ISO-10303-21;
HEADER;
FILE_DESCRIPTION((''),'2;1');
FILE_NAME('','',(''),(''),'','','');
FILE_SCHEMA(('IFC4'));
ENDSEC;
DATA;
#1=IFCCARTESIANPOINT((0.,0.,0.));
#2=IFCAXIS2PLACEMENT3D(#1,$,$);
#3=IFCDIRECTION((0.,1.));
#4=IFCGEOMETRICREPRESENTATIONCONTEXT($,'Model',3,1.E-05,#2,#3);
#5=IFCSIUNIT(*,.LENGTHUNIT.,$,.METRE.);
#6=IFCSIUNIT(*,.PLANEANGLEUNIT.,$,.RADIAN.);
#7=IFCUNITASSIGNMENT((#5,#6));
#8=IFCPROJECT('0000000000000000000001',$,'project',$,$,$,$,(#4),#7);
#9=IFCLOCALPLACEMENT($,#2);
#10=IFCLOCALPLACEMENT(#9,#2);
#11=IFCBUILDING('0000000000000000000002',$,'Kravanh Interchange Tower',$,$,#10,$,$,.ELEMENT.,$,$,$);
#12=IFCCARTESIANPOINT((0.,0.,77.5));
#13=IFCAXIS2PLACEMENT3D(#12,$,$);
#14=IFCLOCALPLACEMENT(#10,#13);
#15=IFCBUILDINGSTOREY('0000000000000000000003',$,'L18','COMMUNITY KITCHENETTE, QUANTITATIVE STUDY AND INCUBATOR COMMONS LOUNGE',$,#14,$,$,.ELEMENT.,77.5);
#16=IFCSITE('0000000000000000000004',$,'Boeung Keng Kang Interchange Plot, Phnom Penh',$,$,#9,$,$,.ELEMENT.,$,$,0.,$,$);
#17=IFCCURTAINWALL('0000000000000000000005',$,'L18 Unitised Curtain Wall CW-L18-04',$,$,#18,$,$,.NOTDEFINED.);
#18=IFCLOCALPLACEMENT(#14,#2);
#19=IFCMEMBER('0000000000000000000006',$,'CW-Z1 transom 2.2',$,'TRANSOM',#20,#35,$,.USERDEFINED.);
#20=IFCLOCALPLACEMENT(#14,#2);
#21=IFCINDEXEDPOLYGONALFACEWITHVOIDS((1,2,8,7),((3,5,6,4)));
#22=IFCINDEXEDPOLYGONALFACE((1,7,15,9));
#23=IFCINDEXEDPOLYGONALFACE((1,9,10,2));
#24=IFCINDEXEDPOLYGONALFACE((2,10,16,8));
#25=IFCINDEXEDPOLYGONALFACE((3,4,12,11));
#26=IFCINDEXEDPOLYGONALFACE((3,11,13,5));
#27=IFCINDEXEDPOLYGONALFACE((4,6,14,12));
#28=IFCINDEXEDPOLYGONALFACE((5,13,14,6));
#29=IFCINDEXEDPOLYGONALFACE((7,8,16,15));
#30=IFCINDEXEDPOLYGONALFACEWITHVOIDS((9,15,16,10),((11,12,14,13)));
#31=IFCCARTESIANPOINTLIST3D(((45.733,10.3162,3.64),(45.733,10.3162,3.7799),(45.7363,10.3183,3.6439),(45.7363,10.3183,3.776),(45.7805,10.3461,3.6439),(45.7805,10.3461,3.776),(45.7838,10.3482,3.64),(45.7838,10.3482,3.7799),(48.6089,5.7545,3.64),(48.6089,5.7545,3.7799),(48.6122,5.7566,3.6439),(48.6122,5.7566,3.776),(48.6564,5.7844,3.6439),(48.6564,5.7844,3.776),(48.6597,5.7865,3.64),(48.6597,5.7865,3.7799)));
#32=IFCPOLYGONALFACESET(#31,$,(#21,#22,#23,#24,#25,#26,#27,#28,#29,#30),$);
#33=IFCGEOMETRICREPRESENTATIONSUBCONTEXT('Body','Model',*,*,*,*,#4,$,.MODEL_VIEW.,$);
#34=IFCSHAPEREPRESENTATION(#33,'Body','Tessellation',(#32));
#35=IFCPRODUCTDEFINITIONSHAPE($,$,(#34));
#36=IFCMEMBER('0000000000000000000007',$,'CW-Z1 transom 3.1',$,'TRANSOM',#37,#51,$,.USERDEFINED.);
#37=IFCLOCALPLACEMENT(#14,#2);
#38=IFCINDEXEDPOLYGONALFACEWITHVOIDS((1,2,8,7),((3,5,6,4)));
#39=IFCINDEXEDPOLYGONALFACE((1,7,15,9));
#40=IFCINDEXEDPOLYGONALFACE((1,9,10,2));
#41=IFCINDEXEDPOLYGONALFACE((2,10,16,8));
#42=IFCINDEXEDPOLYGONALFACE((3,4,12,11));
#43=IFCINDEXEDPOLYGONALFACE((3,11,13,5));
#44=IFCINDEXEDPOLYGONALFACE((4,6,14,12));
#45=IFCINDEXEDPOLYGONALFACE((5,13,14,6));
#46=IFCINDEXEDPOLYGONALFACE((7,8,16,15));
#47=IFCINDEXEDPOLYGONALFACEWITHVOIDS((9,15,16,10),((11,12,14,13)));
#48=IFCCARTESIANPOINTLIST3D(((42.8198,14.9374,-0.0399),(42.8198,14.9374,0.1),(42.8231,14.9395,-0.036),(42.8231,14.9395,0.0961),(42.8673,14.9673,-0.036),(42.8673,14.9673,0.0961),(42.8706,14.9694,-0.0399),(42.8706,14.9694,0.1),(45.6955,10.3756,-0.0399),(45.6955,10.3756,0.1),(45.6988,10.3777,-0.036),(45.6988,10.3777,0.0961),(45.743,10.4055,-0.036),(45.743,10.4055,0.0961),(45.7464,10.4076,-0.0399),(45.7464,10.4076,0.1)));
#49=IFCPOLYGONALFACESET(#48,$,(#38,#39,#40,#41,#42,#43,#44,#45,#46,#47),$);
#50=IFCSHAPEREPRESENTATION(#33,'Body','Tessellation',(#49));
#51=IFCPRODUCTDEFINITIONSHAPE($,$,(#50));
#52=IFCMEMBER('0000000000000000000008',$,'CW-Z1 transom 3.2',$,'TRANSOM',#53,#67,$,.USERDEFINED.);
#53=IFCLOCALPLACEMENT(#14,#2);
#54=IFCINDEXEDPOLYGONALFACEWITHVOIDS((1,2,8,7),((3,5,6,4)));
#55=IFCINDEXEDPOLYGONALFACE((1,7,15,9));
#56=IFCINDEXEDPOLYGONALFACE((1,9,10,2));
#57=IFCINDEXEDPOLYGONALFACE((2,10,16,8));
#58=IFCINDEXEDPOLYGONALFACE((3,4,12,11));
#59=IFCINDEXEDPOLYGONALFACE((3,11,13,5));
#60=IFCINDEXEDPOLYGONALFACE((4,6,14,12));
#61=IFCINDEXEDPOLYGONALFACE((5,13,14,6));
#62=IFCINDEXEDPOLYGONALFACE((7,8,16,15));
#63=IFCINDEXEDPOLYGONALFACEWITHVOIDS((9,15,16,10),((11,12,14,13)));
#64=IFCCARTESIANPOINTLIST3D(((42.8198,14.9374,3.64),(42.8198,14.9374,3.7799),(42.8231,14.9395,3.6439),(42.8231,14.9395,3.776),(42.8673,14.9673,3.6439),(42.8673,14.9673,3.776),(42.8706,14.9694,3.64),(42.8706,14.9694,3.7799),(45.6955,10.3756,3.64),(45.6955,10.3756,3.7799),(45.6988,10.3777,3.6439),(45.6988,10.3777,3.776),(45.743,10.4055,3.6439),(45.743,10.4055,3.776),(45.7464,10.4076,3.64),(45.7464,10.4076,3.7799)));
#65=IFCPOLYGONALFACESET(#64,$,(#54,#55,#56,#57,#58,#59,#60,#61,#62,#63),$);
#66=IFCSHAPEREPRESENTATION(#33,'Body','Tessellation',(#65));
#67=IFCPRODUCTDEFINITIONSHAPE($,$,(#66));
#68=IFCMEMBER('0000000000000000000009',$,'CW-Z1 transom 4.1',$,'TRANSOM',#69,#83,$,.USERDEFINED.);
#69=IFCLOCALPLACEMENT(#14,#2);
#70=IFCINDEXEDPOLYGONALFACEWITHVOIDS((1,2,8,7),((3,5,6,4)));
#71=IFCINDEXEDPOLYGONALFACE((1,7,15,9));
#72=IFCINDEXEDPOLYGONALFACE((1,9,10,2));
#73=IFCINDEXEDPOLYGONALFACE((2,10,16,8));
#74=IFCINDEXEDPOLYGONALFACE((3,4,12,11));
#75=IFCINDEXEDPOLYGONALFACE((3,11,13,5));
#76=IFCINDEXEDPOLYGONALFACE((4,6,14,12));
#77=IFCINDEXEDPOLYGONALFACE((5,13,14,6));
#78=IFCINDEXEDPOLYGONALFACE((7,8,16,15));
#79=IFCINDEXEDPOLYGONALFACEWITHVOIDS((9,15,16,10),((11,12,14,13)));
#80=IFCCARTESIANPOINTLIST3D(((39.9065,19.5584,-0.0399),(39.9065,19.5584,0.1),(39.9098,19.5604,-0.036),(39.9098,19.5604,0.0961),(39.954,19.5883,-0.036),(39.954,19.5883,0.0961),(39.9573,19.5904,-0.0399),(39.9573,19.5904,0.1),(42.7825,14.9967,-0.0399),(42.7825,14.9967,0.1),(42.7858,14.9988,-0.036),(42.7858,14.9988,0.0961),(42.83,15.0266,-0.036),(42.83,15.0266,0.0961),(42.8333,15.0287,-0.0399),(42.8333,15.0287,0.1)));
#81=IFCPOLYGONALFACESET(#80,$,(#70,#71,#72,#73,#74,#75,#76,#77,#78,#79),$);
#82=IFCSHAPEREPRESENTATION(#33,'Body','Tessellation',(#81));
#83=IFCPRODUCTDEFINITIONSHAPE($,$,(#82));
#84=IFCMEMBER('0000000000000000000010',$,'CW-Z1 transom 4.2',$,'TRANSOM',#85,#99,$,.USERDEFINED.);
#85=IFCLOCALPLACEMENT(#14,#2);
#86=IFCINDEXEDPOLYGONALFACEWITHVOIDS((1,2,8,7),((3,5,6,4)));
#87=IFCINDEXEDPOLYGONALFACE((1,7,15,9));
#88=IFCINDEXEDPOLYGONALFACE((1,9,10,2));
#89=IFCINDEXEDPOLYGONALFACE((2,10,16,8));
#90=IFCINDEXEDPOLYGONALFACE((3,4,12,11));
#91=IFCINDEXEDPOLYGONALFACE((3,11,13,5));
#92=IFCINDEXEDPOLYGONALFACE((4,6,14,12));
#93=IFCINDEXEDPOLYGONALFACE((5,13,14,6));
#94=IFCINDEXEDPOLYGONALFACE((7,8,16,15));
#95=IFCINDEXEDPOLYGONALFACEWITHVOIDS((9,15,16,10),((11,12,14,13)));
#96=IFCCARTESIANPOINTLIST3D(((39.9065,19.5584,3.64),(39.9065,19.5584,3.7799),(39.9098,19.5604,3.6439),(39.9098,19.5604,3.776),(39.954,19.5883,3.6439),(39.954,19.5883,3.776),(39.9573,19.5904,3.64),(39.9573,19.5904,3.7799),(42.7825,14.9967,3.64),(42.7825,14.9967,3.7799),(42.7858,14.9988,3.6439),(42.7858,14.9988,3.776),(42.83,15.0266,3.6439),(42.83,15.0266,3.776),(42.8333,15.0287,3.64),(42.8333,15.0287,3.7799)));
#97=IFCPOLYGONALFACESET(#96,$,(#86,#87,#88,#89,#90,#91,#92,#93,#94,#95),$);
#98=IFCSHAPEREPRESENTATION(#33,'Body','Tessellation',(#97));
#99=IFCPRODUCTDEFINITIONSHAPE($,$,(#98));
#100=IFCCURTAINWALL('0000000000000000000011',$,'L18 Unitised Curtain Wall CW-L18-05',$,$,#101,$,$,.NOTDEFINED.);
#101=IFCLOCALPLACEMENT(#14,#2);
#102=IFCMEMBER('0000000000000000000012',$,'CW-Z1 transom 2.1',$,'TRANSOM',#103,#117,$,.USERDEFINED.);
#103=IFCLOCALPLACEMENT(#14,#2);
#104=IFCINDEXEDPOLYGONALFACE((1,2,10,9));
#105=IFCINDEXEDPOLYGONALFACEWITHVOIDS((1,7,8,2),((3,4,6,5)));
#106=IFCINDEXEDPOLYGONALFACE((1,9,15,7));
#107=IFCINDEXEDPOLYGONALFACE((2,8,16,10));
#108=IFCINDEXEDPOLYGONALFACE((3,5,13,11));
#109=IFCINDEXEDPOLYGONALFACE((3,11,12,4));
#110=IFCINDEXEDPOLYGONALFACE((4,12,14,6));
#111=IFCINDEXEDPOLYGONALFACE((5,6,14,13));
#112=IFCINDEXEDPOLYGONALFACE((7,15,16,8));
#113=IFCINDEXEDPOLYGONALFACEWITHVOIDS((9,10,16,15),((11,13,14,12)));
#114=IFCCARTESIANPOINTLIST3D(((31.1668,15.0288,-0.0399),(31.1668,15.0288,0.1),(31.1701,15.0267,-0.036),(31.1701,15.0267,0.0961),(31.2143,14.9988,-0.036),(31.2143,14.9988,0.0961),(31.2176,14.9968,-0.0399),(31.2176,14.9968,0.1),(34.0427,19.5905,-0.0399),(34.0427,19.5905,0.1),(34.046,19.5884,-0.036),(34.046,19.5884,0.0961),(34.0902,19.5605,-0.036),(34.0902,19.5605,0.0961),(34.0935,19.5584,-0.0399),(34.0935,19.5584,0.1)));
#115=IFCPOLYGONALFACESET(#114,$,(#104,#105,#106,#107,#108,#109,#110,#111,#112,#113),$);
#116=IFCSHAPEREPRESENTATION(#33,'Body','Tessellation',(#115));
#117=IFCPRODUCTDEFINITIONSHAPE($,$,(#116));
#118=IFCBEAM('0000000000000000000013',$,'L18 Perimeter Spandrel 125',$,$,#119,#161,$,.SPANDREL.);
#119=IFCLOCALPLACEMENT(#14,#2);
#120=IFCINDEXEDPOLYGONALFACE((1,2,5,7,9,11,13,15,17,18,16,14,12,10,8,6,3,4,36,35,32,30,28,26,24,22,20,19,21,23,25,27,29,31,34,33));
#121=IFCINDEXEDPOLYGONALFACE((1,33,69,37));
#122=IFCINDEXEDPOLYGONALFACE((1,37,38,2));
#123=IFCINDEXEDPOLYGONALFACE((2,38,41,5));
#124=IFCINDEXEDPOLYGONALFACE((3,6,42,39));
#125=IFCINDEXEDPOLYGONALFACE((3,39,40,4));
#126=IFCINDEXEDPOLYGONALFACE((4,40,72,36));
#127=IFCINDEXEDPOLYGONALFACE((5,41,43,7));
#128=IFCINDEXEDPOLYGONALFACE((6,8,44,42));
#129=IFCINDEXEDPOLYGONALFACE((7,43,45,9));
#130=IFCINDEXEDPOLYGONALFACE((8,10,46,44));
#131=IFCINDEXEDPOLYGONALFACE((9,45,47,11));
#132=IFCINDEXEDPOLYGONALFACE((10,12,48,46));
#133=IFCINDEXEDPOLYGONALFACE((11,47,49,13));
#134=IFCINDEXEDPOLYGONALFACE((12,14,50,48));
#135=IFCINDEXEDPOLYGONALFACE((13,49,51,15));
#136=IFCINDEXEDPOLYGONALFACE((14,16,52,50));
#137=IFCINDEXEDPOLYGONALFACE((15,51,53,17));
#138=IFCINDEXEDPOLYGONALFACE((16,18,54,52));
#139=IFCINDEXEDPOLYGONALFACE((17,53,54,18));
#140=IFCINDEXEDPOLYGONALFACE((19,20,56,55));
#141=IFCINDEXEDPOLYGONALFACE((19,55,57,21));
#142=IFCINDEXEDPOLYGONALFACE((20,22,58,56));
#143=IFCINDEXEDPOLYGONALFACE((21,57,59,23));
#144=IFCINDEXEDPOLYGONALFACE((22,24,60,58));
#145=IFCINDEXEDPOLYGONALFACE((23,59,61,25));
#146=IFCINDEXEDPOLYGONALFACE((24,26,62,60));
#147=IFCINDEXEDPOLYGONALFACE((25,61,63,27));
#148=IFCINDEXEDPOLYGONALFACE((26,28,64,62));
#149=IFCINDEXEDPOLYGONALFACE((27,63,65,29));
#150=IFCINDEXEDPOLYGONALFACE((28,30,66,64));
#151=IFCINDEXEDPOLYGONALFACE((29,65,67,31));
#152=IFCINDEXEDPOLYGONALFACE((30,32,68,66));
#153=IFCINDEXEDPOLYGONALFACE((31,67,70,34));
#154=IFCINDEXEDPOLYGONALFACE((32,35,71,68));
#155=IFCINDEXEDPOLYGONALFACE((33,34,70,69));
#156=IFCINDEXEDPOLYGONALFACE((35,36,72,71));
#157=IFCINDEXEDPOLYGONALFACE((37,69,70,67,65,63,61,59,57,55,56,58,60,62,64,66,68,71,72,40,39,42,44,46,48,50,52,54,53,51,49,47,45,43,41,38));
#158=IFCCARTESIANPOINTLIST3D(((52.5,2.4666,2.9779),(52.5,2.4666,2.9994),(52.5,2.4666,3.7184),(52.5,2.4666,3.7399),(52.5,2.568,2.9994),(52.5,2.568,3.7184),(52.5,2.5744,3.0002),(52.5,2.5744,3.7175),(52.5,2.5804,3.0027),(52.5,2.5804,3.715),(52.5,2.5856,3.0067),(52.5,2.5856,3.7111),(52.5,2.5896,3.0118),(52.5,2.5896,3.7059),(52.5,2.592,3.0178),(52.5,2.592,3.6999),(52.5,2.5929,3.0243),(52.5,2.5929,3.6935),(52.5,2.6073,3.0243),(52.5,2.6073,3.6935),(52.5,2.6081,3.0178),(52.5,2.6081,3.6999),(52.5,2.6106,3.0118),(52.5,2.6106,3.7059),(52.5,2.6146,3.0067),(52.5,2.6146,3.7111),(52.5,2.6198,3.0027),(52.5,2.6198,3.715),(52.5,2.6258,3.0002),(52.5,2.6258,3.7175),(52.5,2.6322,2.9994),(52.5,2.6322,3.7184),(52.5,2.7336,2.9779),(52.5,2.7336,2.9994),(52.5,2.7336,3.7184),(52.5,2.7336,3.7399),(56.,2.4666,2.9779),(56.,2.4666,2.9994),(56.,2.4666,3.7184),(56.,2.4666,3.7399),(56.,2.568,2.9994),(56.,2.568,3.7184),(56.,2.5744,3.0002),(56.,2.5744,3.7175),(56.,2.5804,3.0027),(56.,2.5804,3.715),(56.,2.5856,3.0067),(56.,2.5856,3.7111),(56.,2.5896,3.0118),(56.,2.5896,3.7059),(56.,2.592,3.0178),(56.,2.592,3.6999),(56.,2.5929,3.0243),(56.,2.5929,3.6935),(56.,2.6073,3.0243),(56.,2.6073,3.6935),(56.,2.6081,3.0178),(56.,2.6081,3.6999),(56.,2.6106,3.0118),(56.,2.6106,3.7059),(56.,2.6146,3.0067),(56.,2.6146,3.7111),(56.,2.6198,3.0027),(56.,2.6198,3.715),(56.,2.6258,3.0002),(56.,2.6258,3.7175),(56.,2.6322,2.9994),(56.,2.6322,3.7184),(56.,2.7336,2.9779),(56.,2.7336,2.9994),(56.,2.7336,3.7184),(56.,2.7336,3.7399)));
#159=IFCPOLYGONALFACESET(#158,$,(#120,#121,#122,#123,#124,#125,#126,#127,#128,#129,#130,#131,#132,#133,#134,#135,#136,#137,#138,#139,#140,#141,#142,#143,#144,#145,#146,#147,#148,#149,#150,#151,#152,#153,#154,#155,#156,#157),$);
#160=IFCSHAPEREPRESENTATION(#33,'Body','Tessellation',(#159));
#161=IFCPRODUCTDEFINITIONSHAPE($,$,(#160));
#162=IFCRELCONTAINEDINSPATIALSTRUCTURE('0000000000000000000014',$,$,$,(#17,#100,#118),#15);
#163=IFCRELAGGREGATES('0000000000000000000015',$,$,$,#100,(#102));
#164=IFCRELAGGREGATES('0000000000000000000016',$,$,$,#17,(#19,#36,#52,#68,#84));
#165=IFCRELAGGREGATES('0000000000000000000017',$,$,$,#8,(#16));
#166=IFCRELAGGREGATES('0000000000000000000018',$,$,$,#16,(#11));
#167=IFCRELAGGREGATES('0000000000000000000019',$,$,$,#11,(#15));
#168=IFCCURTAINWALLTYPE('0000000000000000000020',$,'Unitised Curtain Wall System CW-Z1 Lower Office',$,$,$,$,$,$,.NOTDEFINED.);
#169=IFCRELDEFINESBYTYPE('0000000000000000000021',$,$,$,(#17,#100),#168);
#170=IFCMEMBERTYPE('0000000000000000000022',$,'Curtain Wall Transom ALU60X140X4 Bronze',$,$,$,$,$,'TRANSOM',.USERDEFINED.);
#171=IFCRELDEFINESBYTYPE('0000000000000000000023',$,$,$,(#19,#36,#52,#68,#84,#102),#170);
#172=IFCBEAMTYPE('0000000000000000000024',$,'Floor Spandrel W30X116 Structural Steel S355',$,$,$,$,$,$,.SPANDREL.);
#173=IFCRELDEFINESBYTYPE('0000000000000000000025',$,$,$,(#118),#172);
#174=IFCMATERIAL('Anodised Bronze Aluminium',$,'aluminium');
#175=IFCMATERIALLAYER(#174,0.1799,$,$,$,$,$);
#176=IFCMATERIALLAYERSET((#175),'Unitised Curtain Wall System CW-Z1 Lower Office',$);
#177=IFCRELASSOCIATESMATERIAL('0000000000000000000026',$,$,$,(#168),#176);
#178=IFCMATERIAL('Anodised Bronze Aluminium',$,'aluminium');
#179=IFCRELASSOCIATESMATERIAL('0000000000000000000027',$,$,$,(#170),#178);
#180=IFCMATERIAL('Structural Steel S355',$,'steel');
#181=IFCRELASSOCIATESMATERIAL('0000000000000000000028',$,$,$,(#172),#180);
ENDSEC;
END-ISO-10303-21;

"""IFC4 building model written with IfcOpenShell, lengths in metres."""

from ifc_helpers import new_model, si_unit, direction, frame, origin, origin_2d, place, context, subcontext, project, spatial, hollow_rectangle, i_section, extrude, material, layer, layer_set, material_profile, profile_set, type_object, element, aggregate, save


model = new_model("IFC4")

# Units and contexts
model_context = context("Model", 3, precision=1e-05, world=origin(), true_north=direction((0.0, 1.0)))
body_context = subcontext(model_context, "Body", "Model", "MODEL_VIEW")
ifc_project = project(units=[si_unit("LENGTHUNIT", "METRE"), si_unit("PLANEANGLEUNIT", "RADIAN")], contexts=[model_context])

# Site, building, storey
site_placement = place(None, origin())
site = spatial("IfcSite", under=ifc_project, at=site_placement, Name="Boeung Keng Kang Interchange Plot, Phnom Penh", CompositionType="ELEMENT", RefElevation=0.0)
building_placement = place(site_placement, origin())
building = spatial("IfcBuilding", under=site, at=building_placement, Name="Kravanh Interchange Tower", CompositionType="ELEMENT")
storey_placement = place(building_placement, frame((0.0, 0.0, 77.5)))
storey = spatial("IfcBuildingStorey", under=building, at=storey_placement, Name="L18", Description="COMMUNITY KITCHENETTE, QUANTITATIVE STUDY AND INCUBATOR COMMONS LOUNGE", CompositionType="ELEMENT", Elevation=77.5)

# Shared definitions
ifc_material_1 = material(Name="Anodised Bronze Aluminium", Category="aluminium")
ifc_layer_1 = layer(ifc_material_1, 0.1799)
ifc_layer_set_1 = layer_set([ifc_layer_1], Name="Unitised Curtain Wall System CW-Z1 Lower Office")
curtain_wall_type = type_object("IfcCurtainWallType", Name="Unitised Curtain Wall System CW-Z1 Lower Office", PredefinedType="NOTDEFINED", material=ifc_layer_set_1)

# Curtain wall, members
curtain_wall_1_placement = place(storey_placement, origin())
curtain_wall_1 = element("IfcCurtainWall", 1, at=curtain_wall_1_placement, inside=storey, type_object=curtain_wall_type, Name="L18 Unitised Curtain Wall CW-L18-04", PredefinedType="NOTDEFINED")
ifc_material_2 = material(Name="Anodised Bronze Aluminium", Category="aluminium")
ifc_material_profile_1 = material_profile(ifc_material_2, hollow_rectangle(XDim=0.0601, YDim=0.1399, WallThickness=0.0039, at=origin_2d()), Name="ALU60X140X4")
ifc_profile_set_1 = profile_set([ifc_material_profile_1], Name="Anodised Bronze Aluminium")
member_type_1 = type_object("IfcMemberType", Name="Curtain Wall Transom ALU60X140X4 Bronze", ElementType="TRANSOM", PredefinedType="USERDEFINED", material=ifc_profile_set_1)
member_1_placement = place(storey_placement, frame((48.6343, 5.7705, 3.71), z_axis=(-0.533311, 0.845919, 0.0), x_axis=(-0.845919, -0.533311, 0.0)))
member_1 = element("IfcMember", 2, at=member_1_placement, type_object=member_type_1, Name="CW-Z1 transom 2.2", ObjectType="TRANSOM", PredefinedType="USERDEFINED", context=body_context, shape_type="SweptSolid", body=[
    extrude(hollow_rectangle(XDim=0.0601, YDim=0.1399, WallThickness=0.0039, at=origin_2d()), origin(), (0.0, 0.0, 1.0), 5.3926),
])
member_2_placement = place(storey_placement, frame((45.7209, 10.3916, 0.03), z_axis=(-0.533279, 0.845939, 0.0), x_axis=(-0.845939, -0.533279, 0.0)))
member_2 = element("IfcMember", 3, at=member_2_placement, type_object=member_type_1, Name="CW-Z1 transom 3.1", ObjectType="TRANSOM", PredefinedType="USERDEFINED", context=body_context, shape_type="SweptSolid", body=[
    extrude(hollow_rectangle(XDim=0.0601, YDim=0.1399, WallThickness=0.0039, at=origin_2d()), origin(), (0.0, 0.0, 1.0), 5.3926),
])
member_3_placement = place(storey_placement, frame((45.7209, 10.3916, 3.71), z_axis=(-0.533279, 0.845939, 0.0), x_axis=(-0.845939, -0.533279, 0.0)))
member_3 = element("IfcMember", 4, at=member_3_placement, type_object=member_type_1, Name="CW-Z1 transom 3.2", ObjectType="TRANSOM", PredefinedType="USERDEFINED", context=body_context, shape_type="SweptSolid", body=[
    extrude(hollow_rectangle(XDim=0.0601, YDim=0.1399, WallThickness=0.0039, at=origin_2d()), origin(), (0.0, 0.0, 1.0), 5.3926),
])
member_4_placement = place(storey_placement, frame((42.8079, 15.0127, 0.03), z_axis=(-0.533311, 0.845919, 0.0), x_axis=(-0.845919, -0.533311, 0.0)))
member_4 = element("IfcMember", 5, at=member_4_placement, type_object=member_type_1, Name="CW-Z1 transom 4.1", ObjectType="TRANSOM", PredefinedType="USERDEFINED", context=body_context, shape_type="SweptSolid", body=[
    extrude(hollow_rectangle(XDim=0.0601, YDim=0.1399, WallThickness=0.0039, at=origin_2d()), origin(), (0.0, 0.0, 1.0), 5.3926),
])
member_5_placement = place(storey_placement, frame((42.8079, 15.0127, 3.71), z_axis=(-0.533311, 0.845919, 0.0), x_axis=(-0.845919, -0.533311, 0.0)))
member_5 = element("IfcMember", 6, at=member_5_placement, type_object=member_type_1, Name="CW-Z1 transom 4.2", ObjectType="TRANSOM", PredefinedType="USERDEFINED", context=body_context, shape_type="SweptSolid", body=[
    extrude(hollow_rectangle(XDim=0.0601, YDim=0.1399, WallThickness=0.0039, at=origin_2d()), origin(), (0.0, 0.0, 1.0), 5.3926),
])

# Curtain wall, member
curtain_wall_2_placement = place(storey_placement, origin())
curtain_wall_2 = element("IfcCurtainWall", 7, at=curtain_wall_2_placement, inside=storey, type_object=curtain_wall_type, Name="L18 Unitised Curtain Wall CW-L18-05", PredefinedType="NOTDEFINED")
member_6_placement = place(storey_placement, frame((34.0681, 19.5745, 0.03), z_axis=(-0.533311, -0.845919, 0.0), x_axis=(0.845919, -0.533311, 0.0)))
member_6 = element("IfcMember", 8, at=member_6_placement, type_object=member_type_1, Name="CW-Z1 transom 2.1", ObjectType="TRANSOM", PredefinedType="USERDEFINED", context=body_context, shape_type="SweptSolid", body=[
    extrude(hollow_rectangle(XDim=0.0601, YDim=0.1399, WallThickness=0.0039, at=origin_2d()), origin(), (0.0, 0.0, 1.0), 5.3926),
])
aggregate(curtain_wall_2, [member_6])

# Beam
ifc_material_3 = material(Name="Structural Steel S355", Category="steel")
ifc_material_profile_2 = material_profile(ifc_material_3, i_section(OverallWidth=0.2671, OverallDepth=0.762, WebThickness=0.0144, FlangeThickness=0.0215, FilletRadius=0.0249, at=origin_2d()), Name="W30X116")
ifc_profile_set_2 = profile_set([ifc_material_profile_2], Name="Structural Steel S355")
beam_type = type_object("IfcBeamType", Name="Floor Spandrel W30X116 Structural Steel S355", PredefinedType="SPANDREL", material=ifc_profile_set_2)
beam_1_placement = place(storey_placement, frame((52.5, 2.6001, 3.3589), z_axis=(1.0, 0.0, 0.0), x_axis=(0.0, 1.0, 0.0)))
element("IfcBeam", 9, at=beam_1_placement, inside=storey, type_object=beam_type, Name="L18 Perimeter Spandrel 125", PredefinedType="SPANDREL", context=body_context, shape_type="SweptSolid", body=[
    extrude(i_section(OverallWidth=0.2671, OverallDepth=0.762, WebThickness=0.0144, FlangeThickness=0.0215, FilletRadius=0.0249, at=origin_2d()), origin(), (0.0, 0.0, 1.0), 3.5),
])

aggregate(curtain_wall_1, [member_1, member_2, member_3, member_4, member_5])

save(model, "model.ifc")
